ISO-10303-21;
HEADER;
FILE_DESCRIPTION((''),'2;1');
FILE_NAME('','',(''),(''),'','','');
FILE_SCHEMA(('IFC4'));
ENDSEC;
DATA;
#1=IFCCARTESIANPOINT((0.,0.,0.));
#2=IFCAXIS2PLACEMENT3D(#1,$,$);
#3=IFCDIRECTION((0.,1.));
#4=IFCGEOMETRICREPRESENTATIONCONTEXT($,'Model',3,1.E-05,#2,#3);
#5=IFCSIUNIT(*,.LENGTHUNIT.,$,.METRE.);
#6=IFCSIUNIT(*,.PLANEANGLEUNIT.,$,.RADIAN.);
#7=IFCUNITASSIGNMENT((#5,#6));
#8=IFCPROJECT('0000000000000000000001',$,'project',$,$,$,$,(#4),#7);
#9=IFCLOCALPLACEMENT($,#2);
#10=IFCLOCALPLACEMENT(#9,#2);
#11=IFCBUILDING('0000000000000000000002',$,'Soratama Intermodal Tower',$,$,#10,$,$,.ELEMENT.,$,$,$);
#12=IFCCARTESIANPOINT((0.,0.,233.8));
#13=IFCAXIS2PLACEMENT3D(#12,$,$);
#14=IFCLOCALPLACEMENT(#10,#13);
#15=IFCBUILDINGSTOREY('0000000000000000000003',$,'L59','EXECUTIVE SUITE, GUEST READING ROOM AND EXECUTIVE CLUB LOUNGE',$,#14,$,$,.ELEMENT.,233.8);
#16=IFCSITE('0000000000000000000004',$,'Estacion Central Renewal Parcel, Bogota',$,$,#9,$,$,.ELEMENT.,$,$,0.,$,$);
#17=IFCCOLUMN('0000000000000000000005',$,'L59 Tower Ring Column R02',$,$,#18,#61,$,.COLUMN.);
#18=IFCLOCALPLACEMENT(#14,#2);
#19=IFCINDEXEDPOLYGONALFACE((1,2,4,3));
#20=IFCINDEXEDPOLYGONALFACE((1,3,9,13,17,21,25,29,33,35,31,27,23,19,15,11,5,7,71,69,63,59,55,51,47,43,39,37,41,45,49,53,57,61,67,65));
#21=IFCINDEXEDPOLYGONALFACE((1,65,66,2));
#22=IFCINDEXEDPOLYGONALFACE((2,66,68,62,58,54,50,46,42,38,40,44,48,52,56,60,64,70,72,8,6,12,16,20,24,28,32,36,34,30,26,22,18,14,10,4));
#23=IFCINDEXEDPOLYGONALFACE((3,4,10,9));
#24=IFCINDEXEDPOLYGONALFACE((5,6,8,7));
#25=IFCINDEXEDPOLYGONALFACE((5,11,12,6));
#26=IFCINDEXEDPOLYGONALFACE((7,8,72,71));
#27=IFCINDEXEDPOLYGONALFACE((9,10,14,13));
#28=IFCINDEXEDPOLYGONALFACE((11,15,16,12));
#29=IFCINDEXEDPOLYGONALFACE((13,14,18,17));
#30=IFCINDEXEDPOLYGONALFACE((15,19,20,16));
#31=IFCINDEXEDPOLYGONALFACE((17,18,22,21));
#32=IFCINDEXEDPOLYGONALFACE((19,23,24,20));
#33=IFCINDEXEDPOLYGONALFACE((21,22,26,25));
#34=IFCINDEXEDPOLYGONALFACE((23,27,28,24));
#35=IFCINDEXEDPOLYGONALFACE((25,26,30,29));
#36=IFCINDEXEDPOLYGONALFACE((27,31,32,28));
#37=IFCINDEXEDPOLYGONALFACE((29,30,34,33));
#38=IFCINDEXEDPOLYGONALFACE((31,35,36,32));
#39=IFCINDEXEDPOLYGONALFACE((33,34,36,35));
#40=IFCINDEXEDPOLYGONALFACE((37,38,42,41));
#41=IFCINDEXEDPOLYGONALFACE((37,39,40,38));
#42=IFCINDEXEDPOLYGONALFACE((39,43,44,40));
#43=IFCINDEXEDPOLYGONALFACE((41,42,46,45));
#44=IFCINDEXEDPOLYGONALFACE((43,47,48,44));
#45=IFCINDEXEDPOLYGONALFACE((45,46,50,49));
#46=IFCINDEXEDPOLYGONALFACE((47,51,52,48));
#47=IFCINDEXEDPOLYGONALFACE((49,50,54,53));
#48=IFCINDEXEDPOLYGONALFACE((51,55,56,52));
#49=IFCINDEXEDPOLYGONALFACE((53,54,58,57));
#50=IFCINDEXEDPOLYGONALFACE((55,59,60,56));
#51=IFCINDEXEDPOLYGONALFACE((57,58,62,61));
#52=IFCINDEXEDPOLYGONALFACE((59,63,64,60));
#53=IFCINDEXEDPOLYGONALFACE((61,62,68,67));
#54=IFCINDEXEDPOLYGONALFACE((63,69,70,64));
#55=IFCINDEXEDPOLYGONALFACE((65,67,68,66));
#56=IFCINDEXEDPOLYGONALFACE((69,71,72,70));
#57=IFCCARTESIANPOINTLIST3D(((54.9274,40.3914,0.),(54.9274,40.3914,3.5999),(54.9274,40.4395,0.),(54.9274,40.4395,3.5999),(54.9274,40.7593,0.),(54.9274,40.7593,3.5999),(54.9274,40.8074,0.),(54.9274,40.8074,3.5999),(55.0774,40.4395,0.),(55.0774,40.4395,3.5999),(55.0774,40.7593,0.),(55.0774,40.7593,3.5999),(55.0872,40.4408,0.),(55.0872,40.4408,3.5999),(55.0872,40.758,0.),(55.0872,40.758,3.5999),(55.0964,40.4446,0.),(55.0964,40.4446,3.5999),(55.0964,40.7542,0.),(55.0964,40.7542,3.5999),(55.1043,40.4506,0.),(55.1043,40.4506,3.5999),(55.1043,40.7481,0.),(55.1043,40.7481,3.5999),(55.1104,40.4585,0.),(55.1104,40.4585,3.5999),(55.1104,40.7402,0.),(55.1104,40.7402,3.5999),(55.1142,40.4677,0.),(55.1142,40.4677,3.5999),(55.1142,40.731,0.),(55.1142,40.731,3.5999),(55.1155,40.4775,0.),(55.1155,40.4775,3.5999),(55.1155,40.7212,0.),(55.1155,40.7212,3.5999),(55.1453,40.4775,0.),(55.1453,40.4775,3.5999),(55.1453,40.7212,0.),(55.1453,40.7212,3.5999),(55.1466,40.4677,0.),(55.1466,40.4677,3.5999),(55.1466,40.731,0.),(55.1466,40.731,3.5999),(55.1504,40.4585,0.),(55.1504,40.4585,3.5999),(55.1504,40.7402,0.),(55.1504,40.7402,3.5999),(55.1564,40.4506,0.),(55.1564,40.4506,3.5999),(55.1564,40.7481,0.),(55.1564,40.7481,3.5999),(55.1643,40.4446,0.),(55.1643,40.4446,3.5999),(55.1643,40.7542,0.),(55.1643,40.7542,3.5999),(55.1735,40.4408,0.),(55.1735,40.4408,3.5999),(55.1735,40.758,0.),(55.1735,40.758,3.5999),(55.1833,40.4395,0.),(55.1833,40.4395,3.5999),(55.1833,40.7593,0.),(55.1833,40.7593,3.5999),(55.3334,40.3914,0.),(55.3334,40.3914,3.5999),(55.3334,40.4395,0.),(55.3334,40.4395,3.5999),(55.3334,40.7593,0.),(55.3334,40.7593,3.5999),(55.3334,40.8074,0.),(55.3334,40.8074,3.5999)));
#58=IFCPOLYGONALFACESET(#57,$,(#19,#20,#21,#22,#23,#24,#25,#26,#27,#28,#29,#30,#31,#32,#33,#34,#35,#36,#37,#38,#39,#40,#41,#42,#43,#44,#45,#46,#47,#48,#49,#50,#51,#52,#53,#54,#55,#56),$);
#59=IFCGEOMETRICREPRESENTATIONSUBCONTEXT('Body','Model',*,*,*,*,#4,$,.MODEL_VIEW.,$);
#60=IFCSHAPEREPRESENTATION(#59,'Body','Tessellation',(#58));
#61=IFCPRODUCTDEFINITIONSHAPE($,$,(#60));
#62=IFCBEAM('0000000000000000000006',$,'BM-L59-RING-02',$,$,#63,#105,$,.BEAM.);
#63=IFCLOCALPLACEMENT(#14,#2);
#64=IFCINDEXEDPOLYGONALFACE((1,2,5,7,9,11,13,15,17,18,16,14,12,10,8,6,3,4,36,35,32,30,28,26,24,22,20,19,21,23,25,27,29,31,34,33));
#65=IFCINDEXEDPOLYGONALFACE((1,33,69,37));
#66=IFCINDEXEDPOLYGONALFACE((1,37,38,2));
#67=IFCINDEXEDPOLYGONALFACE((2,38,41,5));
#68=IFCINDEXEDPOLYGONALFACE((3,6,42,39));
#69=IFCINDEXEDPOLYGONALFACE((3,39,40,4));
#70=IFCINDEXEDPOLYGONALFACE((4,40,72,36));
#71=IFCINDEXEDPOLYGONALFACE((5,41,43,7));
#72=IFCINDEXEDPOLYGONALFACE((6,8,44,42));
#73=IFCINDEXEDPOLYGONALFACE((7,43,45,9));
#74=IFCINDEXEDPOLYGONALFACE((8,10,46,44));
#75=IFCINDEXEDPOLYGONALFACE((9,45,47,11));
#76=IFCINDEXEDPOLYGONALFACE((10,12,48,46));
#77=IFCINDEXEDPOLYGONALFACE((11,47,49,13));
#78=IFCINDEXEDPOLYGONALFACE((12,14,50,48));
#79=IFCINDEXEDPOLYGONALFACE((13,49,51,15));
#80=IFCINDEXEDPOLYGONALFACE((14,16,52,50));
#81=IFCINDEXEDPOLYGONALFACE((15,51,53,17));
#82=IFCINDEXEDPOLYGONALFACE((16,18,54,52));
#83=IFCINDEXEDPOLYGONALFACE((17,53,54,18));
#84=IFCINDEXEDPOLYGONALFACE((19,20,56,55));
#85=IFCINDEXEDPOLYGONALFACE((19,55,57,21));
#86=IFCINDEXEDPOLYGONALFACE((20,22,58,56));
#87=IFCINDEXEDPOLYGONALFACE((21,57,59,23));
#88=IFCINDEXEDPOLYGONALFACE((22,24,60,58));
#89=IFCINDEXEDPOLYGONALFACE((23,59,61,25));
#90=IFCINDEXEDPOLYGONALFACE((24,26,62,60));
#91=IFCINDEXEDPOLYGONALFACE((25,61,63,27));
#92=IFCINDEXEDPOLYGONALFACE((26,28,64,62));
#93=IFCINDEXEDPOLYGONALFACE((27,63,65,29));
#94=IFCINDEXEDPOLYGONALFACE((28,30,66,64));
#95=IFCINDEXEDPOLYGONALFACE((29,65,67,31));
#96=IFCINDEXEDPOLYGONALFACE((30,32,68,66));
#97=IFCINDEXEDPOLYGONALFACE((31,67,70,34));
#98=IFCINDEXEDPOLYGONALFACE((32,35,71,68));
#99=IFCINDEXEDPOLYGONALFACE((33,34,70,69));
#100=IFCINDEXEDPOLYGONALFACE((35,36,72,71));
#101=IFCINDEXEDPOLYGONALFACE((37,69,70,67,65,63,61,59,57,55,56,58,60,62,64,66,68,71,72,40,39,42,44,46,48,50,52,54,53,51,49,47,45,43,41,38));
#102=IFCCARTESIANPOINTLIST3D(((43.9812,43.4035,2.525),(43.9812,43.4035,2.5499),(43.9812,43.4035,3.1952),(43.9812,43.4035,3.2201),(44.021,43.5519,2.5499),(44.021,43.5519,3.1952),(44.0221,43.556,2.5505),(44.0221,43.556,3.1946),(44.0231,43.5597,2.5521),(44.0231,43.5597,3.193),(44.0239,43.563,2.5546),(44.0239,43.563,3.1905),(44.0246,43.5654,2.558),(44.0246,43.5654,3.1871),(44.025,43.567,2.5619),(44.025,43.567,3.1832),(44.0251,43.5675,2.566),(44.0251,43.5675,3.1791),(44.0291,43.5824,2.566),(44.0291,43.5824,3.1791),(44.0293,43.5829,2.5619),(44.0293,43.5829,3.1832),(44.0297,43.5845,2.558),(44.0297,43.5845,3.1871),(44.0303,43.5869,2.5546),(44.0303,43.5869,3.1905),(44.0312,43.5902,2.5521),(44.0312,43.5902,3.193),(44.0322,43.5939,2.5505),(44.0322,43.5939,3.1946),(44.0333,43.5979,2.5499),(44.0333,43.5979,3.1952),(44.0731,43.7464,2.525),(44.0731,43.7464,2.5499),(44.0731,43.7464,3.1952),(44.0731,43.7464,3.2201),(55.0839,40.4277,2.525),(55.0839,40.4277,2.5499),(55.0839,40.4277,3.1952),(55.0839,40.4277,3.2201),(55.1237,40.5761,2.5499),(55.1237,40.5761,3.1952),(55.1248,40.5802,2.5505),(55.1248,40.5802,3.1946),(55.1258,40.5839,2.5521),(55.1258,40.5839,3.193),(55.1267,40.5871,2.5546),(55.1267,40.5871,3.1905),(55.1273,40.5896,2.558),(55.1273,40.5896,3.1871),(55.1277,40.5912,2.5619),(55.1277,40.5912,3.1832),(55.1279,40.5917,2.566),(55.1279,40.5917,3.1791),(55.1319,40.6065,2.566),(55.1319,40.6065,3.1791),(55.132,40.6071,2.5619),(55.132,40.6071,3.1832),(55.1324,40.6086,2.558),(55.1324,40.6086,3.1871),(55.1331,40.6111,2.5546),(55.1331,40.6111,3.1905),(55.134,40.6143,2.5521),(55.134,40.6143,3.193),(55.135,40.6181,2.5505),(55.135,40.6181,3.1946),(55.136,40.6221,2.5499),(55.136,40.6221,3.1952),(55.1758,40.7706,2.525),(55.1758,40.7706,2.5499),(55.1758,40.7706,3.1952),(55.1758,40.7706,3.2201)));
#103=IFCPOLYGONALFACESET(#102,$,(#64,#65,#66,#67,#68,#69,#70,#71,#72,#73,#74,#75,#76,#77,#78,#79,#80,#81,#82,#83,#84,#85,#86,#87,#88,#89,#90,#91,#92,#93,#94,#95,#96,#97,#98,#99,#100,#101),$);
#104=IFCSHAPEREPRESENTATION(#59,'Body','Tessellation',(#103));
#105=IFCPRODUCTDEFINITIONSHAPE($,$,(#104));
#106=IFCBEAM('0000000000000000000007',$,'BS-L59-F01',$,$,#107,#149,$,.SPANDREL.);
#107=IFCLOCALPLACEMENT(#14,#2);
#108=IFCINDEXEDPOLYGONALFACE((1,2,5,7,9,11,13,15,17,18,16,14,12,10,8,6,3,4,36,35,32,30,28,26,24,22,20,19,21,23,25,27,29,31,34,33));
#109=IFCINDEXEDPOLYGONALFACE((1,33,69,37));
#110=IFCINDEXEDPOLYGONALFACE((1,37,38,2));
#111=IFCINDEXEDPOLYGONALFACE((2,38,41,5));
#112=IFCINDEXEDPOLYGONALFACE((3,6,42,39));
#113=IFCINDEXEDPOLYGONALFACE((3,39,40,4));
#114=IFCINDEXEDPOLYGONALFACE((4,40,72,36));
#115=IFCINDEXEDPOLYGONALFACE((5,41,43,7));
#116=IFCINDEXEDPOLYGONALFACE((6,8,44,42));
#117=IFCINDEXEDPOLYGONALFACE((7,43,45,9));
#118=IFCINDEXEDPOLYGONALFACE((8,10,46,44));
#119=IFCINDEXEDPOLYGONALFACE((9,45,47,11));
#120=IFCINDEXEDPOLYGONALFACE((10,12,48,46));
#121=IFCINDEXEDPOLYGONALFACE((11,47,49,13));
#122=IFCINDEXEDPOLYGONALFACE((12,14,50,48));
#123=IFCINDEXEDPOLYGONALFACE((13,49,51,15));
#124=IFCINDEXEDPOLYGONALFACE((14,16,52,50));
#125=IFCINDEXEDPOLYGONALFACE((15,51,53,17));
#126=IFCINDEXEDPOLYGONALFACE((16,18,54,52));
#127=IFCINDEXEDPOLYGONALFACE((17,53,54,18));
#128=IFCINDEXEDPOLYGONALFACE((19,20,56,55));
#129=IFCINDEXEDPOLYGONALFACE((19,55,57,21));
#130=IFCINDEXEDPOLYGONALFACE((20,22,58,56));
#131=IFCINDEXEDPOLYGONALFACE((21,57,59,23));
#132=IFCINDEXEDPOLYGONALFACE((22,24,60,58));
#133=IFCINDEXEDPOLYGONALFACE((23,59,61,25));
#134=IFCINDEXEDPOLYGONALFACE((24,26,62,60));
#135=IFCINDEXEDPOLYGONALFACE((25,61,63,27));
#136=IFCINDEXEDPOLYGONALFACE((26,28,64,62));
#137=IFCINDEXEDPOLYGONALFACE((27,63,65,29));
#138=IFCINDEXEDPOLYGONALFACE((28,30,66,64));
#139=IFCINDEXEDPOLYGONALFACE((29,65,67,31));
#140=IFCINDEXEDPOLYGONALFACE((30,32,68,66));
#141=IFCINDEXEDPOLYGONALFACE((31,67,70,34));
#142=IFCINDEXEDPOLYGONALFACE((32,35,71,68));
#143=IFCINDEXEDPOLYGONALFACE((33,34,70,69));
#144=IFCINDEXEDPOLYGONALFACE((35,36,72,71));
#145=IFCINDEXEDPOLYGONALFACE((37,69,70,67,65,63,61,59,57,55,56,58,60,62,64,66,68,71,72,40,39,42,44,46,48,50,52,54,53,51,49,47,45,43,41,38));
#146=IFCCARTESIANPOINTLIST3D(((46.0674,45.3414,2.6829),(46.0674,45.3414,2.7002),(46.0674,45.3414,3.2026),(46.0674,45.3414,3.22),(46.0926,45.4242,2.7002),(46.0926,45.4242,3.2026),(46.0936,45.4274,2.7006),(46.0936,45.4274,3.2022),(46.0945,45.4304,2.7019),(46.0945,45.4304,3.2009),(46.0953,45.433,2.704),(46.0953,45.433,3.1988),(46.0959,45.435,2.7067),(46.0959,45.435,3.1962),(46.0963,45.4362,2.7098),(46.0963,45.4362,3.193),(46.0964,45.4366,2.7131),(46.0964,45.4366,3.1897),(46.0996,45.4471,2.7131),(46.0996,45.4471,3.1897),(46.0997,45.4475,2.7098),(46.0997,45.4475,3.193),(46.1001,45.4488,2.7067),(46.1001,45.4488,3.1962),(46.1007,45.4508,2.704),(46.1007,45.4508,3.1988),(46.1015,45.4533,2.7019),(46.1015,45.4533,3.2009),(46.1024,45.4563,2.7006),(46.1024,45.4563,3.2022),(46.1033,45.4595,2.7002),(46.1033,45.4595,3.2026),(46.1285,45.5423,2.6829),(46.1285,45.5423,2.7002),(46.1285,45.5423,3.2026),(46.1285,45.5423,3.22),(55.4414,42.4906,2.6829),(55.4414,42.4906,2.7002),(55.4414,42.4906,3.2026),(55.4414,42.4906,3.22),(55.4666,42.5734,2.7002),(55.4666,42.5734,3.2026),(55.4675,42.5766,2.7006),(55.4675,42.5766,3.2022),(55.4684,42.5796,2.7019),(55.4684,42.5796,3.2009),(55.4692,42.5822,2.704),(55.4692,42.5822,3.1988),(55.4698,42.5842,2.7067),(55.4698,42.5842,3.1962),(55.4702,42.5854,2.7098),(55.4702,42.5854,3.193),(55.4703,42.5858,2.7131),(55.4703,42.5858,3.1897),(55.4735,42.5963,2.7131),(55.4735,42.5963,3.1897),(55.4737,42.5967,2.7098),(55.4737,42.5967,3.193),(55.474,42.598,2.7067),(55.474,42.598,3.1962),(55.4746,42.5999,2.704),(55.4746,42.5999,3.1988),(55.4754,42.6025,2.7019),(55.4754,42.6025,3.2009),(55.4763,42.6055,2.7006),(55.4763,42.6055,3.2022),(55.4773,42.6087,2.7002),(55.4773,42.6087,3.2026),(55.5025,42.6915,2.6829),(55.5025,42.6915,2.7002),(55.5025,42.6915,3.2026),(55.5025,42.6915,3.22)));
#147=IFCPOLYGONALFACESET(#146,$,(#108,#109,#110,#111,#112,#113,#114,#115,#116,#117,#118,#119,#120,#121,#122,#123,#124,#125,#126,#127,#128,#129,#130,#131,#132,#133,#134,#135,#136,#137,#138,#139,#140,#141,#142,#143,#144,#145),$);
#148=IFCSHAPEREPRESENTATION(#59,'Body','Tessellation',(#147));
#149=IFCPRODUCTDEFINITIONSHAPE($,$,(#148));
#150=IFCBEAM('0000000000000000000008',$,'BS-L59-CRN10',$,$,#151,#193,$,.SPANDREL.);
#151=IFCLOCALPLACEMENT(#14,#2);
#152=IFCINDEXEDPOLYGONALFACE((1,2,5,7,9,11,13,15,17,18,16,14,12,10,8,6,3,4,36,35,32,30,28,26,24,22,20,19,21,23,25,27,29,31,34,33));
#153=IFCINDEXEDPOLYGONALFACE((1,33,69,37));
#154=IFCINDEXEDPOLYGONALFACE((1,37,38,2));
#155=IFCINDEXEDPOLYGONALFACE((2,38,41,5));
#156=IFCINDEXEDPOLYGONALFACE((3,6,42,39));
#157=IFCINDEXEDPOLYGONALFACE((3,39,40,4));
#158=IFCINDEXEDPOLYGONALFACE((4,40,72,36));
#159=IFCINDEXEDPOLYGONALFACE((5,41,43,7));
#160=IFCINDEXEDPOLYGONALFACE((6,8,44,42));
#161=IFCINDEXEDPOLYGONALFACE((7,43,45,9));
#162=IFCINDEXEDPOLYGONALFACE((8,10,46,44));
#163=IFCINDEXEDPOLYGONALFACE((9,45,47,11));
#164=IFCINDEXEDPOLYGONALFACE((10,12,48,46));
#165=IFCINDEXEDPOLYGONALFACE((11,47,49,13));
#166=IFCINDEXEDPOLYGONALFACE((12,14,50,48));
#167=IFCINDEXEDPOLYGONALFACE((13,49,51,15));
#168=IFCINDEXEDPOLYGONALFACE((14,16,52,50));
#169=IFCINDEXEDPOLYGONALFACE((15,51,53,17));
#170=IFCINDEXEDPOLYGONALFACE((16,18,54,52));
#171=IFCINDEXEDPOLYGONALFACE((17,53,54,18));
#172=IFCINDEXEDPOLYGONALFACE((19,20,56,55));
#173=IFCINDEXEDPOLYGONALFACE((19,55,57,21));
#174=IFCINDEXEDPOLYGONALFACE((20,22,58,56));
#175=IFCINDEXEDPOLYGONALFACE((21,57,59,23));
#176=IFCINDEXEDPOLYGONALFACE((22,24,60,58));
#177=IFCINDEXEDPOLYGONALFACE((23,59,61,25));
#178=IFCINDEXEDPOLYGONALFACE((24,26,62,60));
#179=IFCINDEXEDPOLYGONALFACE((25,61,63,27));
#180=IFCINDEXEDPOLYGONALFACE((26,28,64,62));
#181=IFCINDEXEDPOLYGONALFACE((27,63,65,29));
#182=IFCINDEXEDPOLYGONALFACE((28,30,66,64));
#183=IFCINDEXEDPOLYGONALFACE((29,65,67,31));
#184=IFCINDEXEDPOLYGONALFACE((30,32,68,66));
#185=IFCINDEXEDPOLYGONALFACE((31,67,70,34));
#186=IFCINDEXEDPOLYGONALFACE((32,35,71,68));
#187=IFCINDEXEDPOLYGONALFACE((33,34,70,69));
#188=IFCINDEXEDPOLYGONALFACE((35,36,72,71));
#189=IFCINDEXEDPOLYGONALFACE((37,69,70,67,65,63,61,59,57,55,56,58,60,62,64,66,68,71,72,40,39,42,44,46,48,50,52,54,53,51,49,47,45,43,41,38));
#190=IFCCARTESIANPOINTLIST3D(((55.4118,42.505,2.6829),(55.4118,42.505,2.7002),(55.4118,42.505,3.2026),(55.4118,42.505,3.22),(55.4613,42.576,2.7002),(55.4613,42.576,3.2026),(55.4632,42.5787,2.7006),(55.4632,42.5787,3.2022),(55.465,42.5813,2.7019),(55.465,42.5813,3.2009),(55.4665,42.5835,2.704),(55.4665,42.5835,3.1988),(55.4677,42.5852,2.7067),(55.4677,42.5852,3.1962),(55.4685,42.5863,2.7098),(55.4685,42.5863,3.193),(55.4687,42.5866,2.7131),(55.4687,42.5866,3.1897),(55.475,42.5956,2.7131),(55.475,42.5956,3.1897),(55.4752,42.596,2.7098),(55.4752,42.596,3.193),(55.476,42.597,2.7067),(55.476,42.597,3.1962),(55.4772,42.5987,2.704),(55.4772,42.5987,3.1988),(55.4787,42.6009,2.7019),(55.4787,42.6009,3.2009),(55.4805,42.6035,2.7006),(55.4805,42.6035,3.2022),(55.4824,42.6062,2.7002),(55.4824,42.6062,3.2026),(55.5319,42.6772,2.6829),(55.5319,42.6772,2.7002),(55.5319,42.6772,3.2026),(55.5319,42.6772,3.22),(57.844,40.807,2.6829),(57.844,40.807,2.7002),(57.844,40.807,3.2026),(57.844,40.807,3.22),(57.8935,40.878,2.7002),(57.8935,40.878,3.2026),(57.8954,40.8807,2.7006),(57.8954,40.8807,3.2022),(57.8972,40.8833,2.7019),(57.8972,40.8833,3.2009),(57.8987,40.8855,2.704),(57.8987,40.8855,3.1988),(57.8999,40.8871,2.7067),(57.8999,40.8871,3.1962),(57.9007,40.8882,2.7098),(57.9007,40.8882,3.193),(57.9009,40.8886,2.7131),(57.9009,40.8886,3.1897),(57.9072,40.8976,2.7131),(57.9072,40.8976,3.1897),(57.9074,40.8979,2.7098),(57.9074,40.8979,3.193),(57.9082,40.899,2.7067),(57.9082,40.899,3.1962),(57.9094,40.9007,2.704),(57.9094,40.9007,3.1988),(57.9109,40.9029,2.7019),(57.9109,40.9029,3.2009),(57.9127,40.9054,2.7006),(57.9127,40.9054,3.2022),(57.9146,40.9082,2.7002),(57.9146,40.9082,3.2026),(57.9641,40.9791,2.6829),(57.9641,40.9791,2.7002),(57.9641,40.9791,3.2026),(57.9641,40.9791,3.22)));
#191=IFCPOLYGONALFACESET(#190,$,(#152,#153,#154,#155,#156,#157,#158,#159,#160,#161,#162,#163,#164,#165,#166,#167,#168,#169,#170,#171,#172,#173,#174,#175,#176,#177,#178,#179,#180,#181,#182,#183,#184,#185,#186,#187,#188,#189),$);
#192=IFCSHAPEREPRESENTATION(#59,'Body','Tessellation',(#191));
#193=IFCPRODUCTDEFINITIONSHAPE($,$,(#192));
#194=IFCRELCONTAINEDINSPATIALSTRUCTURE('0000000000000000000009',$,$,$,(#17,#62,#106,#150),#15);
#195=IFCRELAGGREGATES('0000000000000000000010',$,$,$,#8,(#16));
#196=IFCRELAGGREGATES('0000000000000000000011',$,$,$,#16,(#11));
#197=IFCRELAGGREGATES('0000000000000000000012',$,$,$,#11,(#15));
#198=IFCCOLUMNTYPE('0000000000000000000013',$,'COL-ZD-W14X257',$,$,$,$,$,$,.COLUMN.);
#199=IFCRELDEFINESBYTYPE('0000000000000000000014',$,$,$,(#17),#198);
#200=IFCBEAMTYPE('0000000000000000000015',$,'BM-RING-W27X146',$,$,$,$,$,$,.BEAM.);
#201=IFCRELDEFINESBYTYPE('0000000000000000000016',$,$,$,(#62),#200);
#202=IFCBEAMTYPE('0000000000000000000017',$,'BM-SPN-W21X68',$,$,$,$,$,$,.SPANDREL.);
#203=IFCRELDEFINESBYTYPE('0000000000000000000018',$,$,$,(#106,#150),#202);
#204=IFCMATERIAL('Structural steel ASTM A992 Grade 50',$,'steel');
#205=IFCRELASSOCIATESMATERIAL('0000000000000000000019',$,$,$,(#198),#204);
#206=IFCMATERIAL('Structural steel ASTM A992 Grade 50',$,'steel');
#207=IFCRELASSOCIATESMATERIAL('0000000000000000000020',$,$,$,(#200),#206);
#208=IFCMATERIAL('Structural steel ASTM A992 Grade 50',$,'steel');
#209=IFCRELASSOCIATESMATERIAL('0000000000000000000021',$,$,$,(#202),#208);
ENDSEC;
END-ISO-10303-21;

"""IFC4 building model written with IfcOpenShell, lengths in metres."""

from ifc_helpers import new_model, si_unit, direction, frame, origin, origin_2d, place, context, subcontext, project, spatial, i_section, extrude, material, material_profile, profile_set, type_object, element, save


model = new_model("IFC4")

# Units and contexts
model_context = context("Model", 3, precision=1e-05, world=origin(), true_north=direction((0.0, 1.0)))
body_context = subcontext(model_context, "Body", "Model", "MODEL_VIEW")
ifc_project = project(units=[si_unit("LENGTHUNIT", "METRE"), si_unit("PLANEANGLEUNIT", "RADIAN")], contexts=[model_context])

# Site, building, storey
site_placement = place(None, origin())
site = spatial("IfcSite", under=ifc_project, at=site_placement, Name="Estacion Central Renewal Parcel, Bogota", CompositionType="ELEMENT", RefElevation=0.0)
building_placement = place(site_placement, origin())
building = spatial("IfcBuilding", under=site, at=building_placement, Name="Soratama Intermodal Tower", CompositionType="ELEMENT")
storey_placement = place(building_placement, frame((0.0, 0.0, 233.8)))
storey = spatial("IfcBuildingStorey", under=building, at=storey_placement, Name="L59", Description="EXECUTIVE SUITE, GUEST READING ROOM AND EXECUTIVE CLUB LOUNGE", CompositionType="ELEMENT", Elevation=233.8)

# Column
ifc_material_1 = material(Name="Structural steel ASTM A992 Grade 50", Category="steel")
ifc_material_profile_1 = material_profile(ifc_material_1, i_section(OverallWidth=0.406, OverallDepth=0.416, WebThickness=0.0298, FlangeThickness=0.0481, FilletRadius=0.0381, at=origin_2d()), Name="W14X257")
ifc_profile_set_1 = profile_set([ifc_material_profile_1], Name="Structural steel ASTM A992 Grade 50")
column_type = type_object("IfcColumnType", Name="COL-ZD-W14X257", PredefinedType="COLUMN", material=ifc_profile_set_1)
column_placement = place(storey_placement, frame((55.1304, 40.5994, 0.0), z_axis=(0.0, 0.0, 1.0), x_axis=(1.0, 0.0, 0.0)))
element("IfcColumn", 1, at=column_placement, inside=storey, type_object=column_type, Name="L59 Tower Ring Column R02", PredefinedType="COLUMN", context=body_context, shape_type="SweptSolid", body=[
    extrude(i_section(OverallWidth=0.406, OverallDepth=0.416, WebThickness=0.0298, FlangeThickness=0.0481, FilletRadius=0.0381, at=origin_2d()), origin(), (0.0, 0.0, 1.0), 3.5999),
])

# Beams
ifc_material_2 = material(Name="Structural steel ASTM A992 Grade 50", Category="steel")
ifc_material_profile_2 = material_profile(ifc_material_2, i_section(OverallWidth=0.355, OverallDepth=0.6951, WebThickness=0.0154, FlangeThickness=0.0249, FilletRadius=0.0161, at=origin_2d()), Name="W27X146")
ifc_profile_set_2 = profile_set([ifc_material_profile_2], Name="Structural steel ASTM A992 Grade 50")
beam_type_1 = type_object("IfcBeamType", Name="BM-RING-W27X146", PredefinedType="BEAM", material=ifc_profile_set_2)
beam_1_placement = place(storey_placement, frame((55.1299, 40.5991, 2.8726), z_axis=(-0.965907, 0.258888, 0.0), x_axis=(-0.258888, -0.965907, 0.0)))
element("IfcBeam", 2, at=beam_1_placement, inside=storey, type_object=beam_type_1, Name="BM-L59-RING-02", PredefinedType="BEAM", context=body_context, shape_type="SweptSolid", body=[
    extrude(i_section(OverallWidth=0.355, OverallDepth=0.6951, WebThickness=0.0154, FlangeThickness=0.0249, FilletRadius=0.0161, at=origin_2d()), origin(), (0.0, 0.0, 1.0), 11.4946),
])
ifc_material_3 = material(Name="Structural steel ASTM A992 Grade 50", Category="steel")
ifc_material_profile_3 = material_profile(ifc_material_3, i_section(OverallWidth=0.21, OverallDepth=0.5371, WebThickness=0.011, FlangeThickness=0.0173, FilletRadius=0.0129, at=origin_2d()), Name="W21X68")
ifc_profile_set_3 = profile_set([ifc_material_profile_3], Name="Structural steel ASTM A992 Grade 50")
beam_type_2 = type_object("IfcBeamType", Name="BM-SPN-W21X68", PredefinedType="SPANDREL", material=ifc_profile_set_3)
beam_2_placement = place(storey_placement, frame((55.4719, 42.5911, 2.9514), z_axis=(-0.956735, 0.290962, 0.0), x_axis=(-0.290962, -0.956735, 0.0)))
element("IfcBeam", 3, at=beam_2_placement, inside=storey, type_object=beam_type_2, Name="BS-L59-F01", PredefinedType="SPANDREL", context=body_context, shape_type="SweptSolid", body=[
    extrude(i_section(OverallWidth=0.21, OverallDepth=0.5371, WebThickness=0.011, FlangeThickness=0.0173, FilletRadius=0.0129, at=origin_2d()), origin(), (0.0, 0.0, 1.0), 9.7979),
])
beam_3_placement = place(storey_placement, frame((57.9041, 40.8931, 2.9514), z_axis=(-0.819943, 0.572445, 0.0), x_axis=(-0.572445, -0.819943, 0.0)))
element("IfcBeam", 4, at=beam_3_placement, inside=storey, type_object=beam_type_2, Name="BS-L59-CRN10", PredefinedType="SPANDREL", context=body_context, shape_type="SweptSolid", body=[
    extrude(i_section(OverallWidth=0.21, OverallDepth=0.5371, WebThickness=0.011, FlangeThickness=0.0173, FilletRadius=0.0129, at=origin_2d()), origin(), (0.0, 0.0, 1.0), 2.9663),
])

save(model, "model.ifc")
